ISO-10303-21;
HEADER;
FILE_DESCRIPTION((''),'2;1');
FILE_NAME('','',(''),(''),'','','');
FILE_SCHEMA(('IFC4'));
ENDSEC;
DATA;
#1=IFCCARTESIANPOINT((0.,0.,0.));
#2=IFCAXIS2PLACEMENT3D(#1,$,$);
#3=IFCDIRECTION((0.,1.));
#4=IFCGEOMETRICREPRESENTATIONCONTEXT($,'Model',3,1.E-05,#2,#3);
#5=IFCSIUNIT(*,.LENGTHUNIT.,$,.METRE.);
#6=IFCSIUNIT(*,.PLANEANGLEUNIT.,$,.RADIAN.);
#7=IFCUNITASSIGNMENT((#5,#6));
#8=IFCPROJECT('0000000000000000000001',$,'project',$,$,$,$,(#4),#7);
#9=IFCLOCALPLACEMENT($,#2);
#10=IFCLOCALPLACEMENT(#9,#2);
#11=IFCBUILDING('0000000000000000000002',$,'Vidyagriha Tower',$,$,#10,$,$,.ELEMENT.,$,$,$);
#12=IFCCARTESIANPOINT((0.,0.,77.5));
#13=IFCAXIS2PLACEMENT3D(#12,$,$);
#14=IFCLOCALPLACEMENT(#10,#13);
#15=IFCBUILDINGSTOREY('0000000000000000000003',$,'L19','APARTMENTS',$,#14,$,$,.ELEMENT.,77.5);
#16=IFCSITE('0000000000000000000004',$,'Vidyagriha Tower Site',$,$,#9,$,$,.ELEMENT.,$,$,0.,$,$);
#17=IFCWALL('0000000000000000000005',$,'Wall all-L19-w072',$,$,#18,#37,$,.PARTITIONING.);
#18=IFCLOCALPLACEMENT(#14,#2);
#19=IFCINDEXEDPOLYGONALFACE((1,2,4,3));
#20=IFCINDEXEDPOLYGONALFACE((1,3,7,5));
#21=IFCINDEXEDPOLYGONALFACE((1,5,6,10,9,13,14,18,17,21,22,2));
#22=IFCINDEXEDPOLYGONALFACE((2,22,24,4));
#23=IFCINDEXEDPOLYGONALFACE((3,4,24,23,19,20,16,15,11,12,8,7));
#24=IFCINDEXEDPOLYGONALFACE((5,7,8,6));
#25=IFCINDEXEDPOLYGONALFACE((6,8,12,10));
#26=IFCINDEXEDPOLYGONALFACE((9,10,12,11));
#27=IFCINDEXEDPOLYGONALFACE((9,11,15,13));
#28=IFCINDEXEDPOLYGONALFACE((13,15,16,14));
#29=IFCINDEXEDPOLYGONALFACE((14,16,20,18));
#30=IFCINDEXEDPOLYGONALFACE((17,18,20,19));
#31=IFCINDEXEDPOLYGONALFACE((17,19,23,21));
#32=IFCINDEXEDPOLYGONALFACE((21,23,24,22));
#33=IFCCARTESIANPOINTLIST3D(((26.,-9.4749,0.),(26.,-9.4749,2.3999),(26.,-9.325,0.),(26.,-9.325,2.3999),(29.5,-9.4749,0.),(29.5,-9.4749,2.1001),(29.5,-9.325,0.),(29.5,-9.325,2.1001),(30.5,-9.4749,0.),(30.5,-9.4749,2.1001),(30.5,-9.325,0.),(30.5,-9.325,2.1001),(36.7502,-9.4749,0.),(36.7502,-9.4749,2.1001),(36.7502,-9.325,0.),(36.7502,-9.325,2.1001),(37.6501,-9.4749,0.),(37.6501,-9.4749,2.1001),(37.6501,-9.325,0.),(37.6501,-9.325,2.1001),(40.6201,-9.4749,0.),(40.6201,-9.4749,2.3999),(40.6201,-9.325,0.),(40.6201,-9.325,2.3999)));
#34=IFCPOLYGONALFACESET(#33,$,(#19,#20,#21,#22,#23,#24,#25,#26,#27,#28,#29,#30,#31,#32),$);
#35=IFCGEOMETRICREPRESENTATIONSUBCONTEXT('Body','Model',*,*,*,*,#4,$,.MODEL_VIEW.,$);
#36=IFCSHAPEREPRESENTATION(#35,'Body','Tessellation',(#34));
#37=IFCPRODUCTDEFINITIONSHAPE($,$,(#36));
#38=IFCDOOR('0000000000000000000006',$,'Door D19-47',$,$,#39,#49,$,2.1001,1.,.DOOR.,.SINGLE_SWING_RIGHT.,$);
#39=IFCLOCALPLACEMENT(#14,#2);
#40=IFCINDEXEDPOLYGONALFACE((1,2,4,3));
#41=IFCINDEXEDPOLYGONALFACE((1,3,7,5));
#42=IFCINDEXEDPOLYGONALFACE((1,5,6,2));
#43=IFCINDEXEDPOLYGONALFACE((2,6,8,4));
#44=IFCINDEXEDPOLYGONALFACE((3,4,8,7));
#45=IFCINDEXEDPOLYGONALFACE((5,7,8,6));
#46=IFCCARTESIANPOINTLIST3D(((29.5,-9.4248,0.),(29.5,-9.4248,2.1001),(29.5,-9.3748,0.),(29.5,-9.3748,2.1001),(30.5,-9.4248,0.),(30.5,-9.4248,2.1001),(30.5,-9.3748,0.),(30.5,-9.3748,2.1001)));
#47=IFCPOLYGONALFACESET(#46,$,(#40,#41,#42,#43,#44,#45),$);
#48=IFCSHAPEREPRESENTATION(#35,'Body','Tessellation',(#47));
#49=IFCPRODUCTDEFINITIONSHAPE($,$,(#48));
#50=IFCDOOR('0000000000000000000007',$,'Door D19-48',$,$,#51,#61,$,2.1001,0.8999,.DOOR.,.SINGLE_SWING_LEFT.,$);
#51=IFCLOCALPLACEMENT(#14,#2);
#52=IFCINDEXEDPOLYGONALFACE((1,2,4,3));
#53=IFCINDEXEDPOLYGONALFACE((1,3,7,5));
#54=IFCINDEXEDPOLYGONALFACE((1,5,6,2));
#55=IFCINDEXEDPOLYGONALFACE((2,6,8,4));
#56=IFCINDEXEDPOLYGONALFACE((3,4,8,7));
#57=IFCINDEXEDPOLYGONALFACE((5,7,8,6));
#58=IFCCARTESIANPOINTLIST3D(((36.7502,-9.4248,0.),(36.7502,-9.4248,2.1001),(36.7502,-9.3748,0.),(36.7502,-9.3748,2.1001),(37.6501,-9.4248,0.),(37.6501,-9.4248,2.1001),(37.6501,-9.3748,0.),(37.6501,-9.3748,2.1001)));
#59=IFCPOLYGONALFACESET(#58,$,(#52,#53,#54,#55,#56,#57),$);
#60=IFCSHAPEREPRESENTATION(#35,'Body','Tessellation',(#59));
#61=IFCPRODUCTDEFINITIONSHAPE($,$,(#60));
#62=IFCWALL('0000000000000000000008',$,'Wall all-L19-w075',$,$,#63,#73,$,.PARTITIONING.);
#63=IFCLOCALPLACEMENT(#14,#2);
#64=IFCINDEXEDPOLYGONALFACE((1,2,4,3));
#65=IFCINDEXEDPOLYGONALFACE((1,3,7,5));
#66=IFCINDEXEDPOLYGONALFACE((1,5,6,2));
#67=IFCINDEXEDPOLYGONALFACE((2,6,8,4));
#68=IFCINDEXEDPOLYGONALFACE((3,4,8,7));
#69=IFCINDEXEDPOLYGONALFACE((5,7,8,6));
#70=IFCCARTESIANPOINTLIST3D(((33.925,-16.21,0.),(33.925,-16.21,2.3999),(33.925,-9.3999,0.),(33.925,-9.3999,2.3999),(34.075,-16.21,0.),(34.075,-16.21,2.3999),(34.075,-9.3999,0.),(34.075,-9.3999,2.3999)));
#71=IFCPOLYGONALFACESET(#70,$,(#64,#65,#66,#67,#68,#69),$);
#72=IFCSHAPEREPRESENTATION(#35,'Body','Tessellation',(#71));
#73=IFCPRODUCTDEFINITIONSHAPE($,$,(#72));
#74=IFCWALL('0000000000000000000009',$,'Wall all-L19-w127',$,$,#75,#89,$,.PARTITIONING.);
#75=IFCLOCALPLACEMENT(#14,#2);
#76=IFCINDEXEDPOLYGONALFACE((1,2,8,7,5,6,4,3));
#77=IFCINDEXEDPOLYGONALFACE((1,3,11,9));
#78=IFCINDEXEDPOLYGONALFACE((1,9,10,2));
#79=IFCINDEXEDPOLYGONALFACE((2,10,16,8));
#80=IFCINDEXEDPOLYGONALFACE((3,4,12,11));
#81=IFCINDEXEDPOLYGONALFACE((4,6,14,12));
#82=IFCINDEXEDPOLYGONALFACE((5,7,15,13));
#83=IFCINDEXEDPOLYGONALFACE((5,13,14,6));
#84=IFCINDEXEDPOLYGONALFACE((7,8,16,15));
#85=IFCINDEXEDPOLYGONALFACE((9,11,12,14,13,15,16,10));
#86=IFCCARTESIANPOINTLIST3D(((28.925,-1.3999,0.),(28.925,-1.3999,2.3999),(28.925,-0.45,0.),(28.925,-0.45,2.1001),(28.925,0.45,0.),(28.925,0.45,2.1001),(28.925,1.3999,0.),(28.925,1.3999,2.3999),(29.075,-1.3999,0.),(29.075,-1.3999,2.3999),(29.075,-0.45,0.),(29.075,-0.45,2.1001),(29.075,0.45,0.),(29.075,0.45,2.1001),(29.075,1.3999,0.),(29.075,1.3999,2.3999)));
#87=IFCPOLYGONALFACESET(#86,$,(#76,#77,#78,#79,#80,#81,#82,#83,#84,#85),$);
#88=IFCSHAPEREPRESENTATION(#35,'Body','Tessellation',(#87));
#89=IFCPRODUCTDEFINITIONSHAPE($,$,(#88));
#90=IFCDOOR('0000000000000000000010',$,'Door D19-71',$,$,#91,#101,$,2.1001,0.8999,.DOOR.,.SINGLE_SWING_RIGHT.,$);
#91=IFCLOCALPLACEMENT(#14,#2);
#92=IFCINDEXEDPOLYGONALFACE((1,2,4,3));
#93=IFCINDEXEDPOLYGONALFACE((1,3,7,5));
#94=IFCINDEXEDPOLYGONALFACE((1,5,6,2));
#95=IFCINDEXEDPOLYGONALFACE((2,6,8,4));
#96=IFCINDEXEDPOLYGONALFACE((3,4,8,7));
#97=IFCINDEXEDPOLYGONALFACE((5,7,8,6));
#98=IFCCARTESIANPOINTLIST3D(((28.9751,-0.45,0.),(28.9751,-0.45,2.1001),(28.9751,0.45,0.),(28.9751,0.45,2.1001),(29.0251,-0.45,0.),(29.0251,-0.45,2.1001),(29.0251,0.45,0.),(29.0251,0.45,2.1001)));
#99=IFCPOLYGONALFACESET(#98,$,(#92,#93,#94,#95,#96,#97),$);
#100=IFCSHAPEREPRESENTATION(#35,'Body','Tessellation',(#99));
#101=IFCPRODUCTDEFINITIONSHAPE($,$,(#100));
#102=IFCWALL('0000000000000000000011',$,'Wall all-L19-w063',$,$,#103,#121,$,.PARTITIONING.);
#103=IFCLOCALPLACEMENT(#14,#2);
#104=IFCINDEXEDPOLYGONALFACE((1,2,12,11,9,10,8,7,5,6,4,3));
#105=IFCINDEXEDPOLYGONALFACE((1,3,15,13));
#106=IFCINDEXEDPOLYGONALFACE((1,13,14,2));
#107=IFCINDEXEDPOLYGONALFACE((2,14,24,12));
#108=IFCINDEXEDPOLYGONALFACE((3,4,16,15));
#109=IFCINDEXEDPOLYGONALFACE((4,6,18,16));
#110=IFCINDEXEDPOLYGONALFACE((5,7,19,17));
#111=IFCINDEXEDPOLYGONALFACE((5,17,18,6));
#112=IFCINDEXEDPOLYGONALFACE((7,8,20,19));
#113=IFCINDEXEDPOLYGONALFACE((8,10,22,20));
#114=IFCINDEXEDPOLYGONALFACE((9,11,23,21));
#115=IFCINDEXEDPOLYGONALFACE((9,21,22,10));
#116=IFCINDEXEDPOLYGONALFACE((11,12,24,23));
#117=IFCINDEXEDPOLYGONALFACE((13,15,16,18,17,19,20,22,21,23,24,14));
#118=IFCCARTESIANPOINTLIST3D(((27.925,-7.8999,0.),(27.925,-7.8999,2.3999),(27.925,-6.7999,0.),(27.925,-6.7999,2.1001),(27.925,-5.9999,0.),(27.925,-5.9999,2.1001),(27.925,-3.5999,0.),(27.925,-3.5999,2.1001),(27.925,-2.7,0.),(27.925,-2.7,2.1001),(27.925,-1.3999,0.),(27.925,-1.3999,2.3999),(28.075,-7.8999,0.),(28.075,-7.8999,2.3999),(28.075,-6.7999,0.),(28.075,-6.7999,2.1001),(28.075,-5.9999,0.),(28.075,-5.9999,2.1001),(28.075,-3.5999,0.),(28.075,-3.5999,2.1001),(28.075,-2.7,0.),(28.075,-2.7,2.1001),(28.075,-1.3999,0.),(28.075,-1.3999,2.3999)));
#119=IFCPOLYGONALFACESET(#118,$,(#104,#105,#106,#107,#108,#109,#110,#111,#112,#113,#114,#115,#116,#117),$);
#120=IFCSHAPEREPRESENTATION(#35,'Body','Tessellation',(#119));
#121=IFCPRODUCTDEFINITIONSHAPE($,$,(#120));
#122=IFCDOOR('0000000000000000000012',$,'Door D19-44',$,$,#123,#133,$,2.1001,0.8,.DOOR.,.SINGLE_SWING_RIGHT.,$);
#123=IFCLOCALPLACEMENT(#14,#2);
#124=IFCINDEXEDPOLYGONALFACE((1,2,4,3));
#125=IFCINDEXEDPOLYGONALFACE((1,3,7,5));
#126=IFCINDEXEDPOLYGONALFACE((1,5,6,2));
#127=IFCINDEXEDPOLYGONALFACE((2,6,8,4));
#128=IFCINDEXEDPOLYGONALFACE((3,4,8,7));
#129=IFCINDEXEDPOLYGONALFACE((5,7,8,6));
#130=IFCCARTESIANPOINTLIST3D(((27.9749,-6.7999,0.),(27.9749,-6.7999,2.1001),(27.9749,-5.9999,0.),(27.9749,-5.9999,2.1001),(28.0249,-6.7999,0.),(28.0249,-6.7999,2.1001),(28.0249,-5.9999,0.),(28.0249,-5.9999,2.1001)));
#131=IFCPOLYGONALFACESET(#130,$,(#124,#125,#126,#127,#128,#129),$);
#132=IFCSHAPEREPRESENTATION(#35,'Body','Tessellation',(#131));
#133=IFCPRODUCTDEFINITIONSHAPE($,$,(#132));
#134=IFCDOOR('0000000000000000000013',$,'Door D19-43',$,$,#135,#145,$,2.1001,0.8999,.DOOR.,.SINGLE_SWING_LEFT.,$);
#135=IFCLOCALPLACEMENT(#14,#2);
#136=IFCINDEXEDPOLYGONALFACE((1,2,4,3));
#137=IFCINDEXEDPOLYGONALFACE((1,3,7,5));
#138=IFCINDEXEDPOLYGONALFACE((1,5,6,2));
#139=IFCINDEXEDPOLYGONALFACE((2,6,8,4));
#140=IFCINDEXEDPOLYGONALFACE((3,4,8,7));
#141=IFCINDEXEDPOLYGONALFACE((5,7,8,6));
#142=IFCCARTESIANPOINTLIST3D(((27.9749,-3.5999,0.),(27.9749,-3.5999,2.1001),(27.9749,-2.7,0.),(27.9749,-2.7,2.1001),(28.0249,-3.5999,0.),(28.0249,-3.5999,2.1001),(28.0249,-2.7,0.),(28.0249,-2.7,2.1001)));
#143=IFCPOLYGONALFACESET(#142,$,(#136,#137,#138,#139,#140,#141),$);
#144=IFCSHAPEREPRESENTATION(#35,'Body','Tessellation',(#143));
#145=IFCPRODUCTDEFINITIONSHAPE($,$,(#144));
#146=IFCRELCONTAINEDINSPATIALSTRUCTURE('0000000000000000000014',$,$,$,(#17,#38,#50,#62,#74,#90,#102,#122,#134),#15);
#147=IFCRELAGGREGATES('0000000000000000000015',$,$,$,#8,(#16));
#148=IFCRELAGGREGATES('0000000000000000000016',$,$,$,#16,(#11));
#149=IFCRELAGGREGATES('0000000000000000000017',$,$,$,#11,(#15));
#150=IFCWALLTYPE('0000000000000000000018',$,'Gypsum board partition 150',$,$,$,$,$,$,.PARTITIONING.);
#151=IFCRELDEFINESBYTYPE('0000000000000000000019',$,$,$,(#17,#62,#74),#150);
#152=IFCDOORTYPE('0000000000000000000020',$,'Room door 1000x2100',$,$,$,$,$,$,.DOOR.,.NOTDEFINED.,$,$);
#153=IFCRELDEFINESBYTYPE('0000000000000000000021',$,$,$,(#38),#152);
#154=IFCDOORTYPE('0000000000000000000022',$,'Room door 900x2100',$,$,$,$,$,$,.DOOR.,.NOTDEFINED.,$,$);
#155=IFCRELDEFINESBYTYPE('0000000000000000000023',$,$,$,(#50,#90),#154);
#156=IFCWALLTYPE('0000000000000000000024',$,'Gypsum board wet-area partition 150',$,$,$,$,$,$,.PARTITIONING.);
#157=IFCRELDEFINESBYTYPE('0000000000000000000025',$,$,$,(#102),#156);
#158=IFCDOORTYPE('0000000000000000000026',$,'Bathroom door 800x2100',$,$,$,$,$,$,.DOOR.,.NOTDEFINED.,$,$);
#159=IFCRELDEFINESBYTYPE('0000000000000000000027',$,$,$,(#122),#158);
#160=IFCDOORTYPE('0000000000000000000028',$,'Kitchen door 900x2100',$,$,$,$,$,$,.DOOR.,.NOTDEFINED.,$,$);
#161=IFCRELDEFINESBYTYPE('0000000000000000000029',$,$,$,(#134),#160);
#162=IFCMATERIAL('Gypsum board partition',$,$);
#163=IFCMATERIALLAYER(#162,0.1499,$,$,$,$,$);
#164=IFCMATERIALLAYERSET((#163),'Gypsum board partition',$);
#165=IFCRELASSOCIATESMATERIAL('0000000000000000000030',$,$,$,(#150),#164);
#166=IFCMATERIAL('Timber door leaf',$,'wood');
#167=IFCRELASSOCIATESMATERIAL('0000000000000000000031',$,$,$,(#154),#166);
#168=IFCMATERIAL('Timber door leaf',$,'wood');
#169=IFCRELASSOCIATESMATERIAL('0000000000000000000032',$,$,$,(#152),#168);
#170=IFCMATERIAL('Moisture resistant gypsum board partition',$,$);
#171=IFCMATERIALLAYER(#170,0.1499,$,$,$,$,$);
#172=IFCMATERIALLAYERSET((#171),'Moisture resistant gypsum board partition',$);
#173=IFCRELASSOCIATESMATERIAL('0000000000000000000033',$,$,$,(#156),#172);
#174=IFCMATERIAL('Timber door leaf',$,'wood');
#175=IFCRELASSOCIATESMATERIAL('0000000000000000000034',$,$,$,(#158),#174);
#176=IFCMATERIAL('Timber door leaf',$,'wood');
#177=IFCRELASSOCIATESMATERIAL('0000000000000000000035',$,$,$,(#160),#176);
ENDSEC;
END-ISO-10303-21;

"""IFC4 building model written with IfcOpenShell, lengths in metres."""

from ifc_helpers import new_model, si_unit, direction, frame, frame_2d, origin, place, context, subcontext, project, spatial, rectangle, extrude, material, layer, layer_set, type_object, element, fill, save


model = new_model("IFC4")

# Units and contexts
model_context = context("Model", 3, precision=1e-05, world=origin(), true_north=direction((0.0, 1.0)))
body_context = subcontext(model_context, "Body", "Model", "MODEL_VIEW")
ifc_project = project(units=[si_unit("LENGTHUNIT", "METRE"), si_unit("PLANEANGLEUNIT", "RADIAN")], contexts=[model_context])

# Site, building, storey
site_placement = place(None, origin())
site = spatial("IfcSite", under=ifc_project, at=site_placement, Name="Vidyagriha Tower Site", CompositionType="ELEMENT", RefElevation=0.0)
building_placement = place(site_placement, origin())
building = spatial("IfcBuilding", under=site, at=building_placement, Name="Vidyagriha Tower", CompositionType="ELEMENT")
storey_placement = place(building_placement, frame((0.0, 0.0, 77.5)))
storey = spatial("IfcBuildingStorey", under=building, at=storey_placement, Name="L19", Description="APARTMENTS", CompositionType="ELEMENT", Elevation=77.5)

# Shared definitions
ifc_material_1 = material(Name="Gypsum board partition")
ifc_layer_1 = layer(ifc_material_1, 0.1499)
ifc_layer_set_1 = layer_set([ifc_layer_1], Name="Gypsum board partition")
wall_type_1 = type_object("IfcWallType", Name="Gypsum board partition 150", PredefinedType="PARTITIONING", material=ifc_layer_set_1)

# Wall, openings, doors
ifc_material_2 = material(Name="Timber door leaf", Category="wood")
door_type_1 = type_object("IfcDoorType", Name="Room door 900x2100", OperationType="NOTDEFINED", PredefinedType="DOOR", material=ifc_material_2)
wall_1_placement = place(storey_placement, frame((40.6201, -9.3999, 0.0), z_axis=(0.0, 0.0, 1.0), x_axis=(-1.0, 0.0, 0.0)))
wall_1 = element("IfcWall", 1, at=wall_1_placement, inside=storey, type_object=wall_type_1, Name="Wall all-L19-w072", PredefinedType="PARTITIONING", context=body_context, shape_type="SweptSolid", body=[
    extrude(rectangle(XDim=14.6201, YDim=0.1499, at=frame_2d((7.3101, 0.0))), origin(), (0.0, 0.0, 1.0), 2.3999),
])
opening_1_placement = place(wall_1_placement, frame((10.1201, 0.0, 0.0)))
opening_1 = element("IfcOpeningElement", 2, at=opening_1_placement, cuts=wall_1, PredefinedType="OPENING", context=body_context, shape_type="SweptSolid", body=[
    extrude(rectangle(XDim=1.0, YDim=2.1001, at=frame_2d((0.5, 1.05))), frame((0.0, 0.085, 0.0), z_axis=(0.0, -1.0, 0.0), x_axis=(1.0, 0.0, 0.0)), (0.0, 0.0, 1.0), 0.1699),
])
opening_2_placement = place(wall_1_placement, frame((2.97, 0.0, 0.0)))
opening_2 = element("IfcOpeningElement", 3, at=opening_2_placement, cuts=wall_1, PredefinedType="OPENING", context=body_context, shape_type="SweptSolid", body=[
    extrude(rectangle(XDim=0.8999, YDim=2.1001, at=frame_2d((0.45, 1.05))), frame((0.0, 0.085, 0.0), z_axis=(0.0, -1.0, 0.0), x_axis=(1.0, 0.0, 0.0)), (0.0, 0.0, 1.0), 0.1699),
])
ifc_material_3 = material(Name="Timber door leaf", Category="wood")
door_type_2 = type_object("IfcDoorType", Name="Room door 1000x2100", OperationType="NOTDEFINED", PredefinedType="DOOR", material=ifc_material_3)
door_1_placement = place(opening_1_placement, origin())
door_1 = element("IfcDoor", 4, at=door_1_placement, inside=storey, type_object=door_type_2, Name="Door D19-47", OperationType="SINGLE_SWING_RIGHT", OverallHeight=2.1001, OverallWidth=1.0, PredefinedType="DOOR", context=body_context, shape_type="SweptSolid", body=[
    extrude(rectangle(XDim=1.0, YDim=2.1001, at=frame_2d((0.5, 1.05))), frame((0.0, 0.0249, 0.0), z_axis=(0.0, -1.0, 0.0), x_axis=(1.0, 0.0, 0.0)), (0.0, 0.0, 1.0), 0.05),
])
fill(opening_1, door_1)
door_2_placement = place(opening_2_placement, origin())
door_2 = element("IfcDoor", 5, at=door_2_placement, inside=storey, type_object=door_type_1, Name="Door D19-48", OperationType="SINGLE_SWING_LEFT", OverallHeight=2.1001, OverallWidth=0.8999, PredefinedType="DOOR", context=body_context, shape_type="SweptSolid", body=[
    extrude(rectangle(XDim=0.8999, YDim=2.1001, at=frame_2d((0.45, 1.05))), frame((0.0, 0.0249, 0.0), z_axis=(0.0, -1.0, 0.0), x_axis=(1.0, 0.0, 0.0)), (0.0, 0.0, 1.0), 0.05),
])
fill(opening_2, door_2)

# Wall
wall_2_placement = place(storey_placement, frame((34.0, -9.3999, 0.0), z_axis=(0.0, 0.0, 1.0), x_axis=(0.0, -1.0, 0.0)))
element("IfcWall", 6, at=wall_2_placement, inside=storey, type_object=wall_type_1, Name="Wall all-L19-w075", PredefinedType="PARTITIONING", context=body_context, shape_type="SweptSolid", body=[
    extrude(rectangle(XDim=6.8101, YDim=0.1499, at=frame_2d((3.405, 0.0))), origin(), (0.0, 0.0, 1.0), 2.3999),
])

# Wall, opening, door
wall_3_placement = place(storey_placement, frame((29.0, -1.3999, 0.0), z_axis=(0.0, 0.0, 1.0), x_axis=(0.0, 1.0, 0.0)))
wall_3 = element("IfcWall", 7, at=wall_3_placement, inside=storey, type_object=wall_type_1, Name="Wall all-L19-w127", PredefinedType="PARTITIONING", context=body_context, shape_type="SweptSolid", body=[
    extrude(rectangle(XDim=2.7998, YDim=0.1499, at=frame_2d((1.3999, 0.0))), origin(), (0.0, 0.0, 1.0), 2.3999),
])
opening_3_placement = place(wall_3_placement, frame((0.95, 0.0, 0.0)))
opening_3 = element("IfcOpeningElement", 8, at=opening_3_placement, cuts=wall_3, PredefinedType="OPENING", context=body_context, shape_type="SweptSolid", body=[
    extrude(rectangle(XDim=0.8999, YDim=2.1001, at=frame_2d((0.45, 1.05))), frame((0.0, 0.085, 0.0), z_axis=(0.0, -1.0, 0.0), x_axis=(1.0, 0.0, 0.0)), (0.0, 0.0, 1.0), 0.1699),
])
door_3_placement = place(opening_3_placement, origin())
door_3 = element("IfcDoor", 9, at=door_3_placement, inside=storey, type_object=door_type_1, Name="Door D19-71", OperationType="SINGLE_SWING_RIGHT", OverallHeight=2.1001, OverallWidth=0.8999, PredefinedType="DOOR", context=body_context, shape_type="SweptSolid", body=[
    extrude(rectangle(XDim=0.8999, YDim=2.1001, at=frame_2d((0.45, 1.05))), frame((0.0, 0.0249, 0.0), z_axis=(0.0, -1.0, 0.0), x_axis=(1.0, 0.0, 0.0)), (0.0, 0.0, 1.0), 0.05),
])
fill(opening_3, door_3)

# Wall, openings, doors
ifc_material_4 = material(Name="Moisture resistant gypsum board partition")
ifc_layer_2 = layer(ifc_material_4, 0.1499)
ifc_layer_set_2 = layer_set([ifc_layer_2], Name="Moisture resistant gypsum board partition")
wall_type_2 = type_object("IfcWallType", Name="Gypsum board wet-area partition 150", PredefinedType="PARTITIONING", material=ifc_layer_set_2)
wall_4_placement = place(storey_placement, frame((28.0, -1.3999, 0.0), z_axis=(0.0, 0.0, 1.0), x_axis=(0.0, -1.0, 0.0)))
wall_4 = element("IfcWall", 10, at=wall_4_placement, inside=storey, type_object=wall_type_2, Name="Wall all-L19-w063", PredefinedType="PARTITIONING", context=body_context, shape_type="SweptSolid", body=[
    extrude(rectangle(XDim=6.5, YDim=0.1499, at=frame_2d((3.25, 0.0))), origin(), (0.0, 0.0, 1.0), 2.3999),
])
opening_4_placement = place(wall_4_placement, frame((1.3, 0.0, 0.0)))
opening_4 = element("IfcOpeningElement", 11, at=opening_4_placement, cuts=wall_4, PredefinedType="OPENING", context=body_context, shape_type="SweptSolid", body=[
    extrude(rectangle(XDim=0.8999, YDim=2.1001, at=frame_2d((0.45, 1.05))), frame((0.0, 0.085, 0.0), z_axis=(0.0, -1.0, 0.0), x_axis=(1.0, 0.0, 0.0)), (0.0, 0.0, 1.0), 0.1699),
])
opening_5_placement = place(wall_4_placement, frame((4.6001, 0.0, 0.0)))
opening_5 = element("IfcOpeningElement", 12, at=opening_5_placement, cuts=wall_4, PredefinedType="OPENING", context=body_context, shape_type="SweptSolid", body=[
    extrude(rectangle(XDim=0.8, YDim=2.1001, at=frame_2d((0.3999, 1.05))), frame((0.0, 0.085, 0.0), z_axis=(0.0, -1.0, 0.0), x_axis=(1.0, 0.0, 0.0)), (0.0, 0.0, 1.0), 0.1699),
])
ifc_material_5 = material(Name="Timber door leaf", Category="wood")
door_type_3 = type_object("IfcDoorType", Name="Bathroom door 800x2100", OperationType="NOTDEFINED", PredefinedType="DOOR", material=ifc_material_5)
door_4_placement = place(opening_5_placement, origin())
door_4 = element("IfcDoor", 13, at=door_4_placement, inside=storey, type_object=door_type_3, Name="Door D19-44", OperationType="SINGLE_SWING_RIGHT", OverallHeight=2.1001, OverallWidth=0.8, PredefinedType="DOOR", context=body_context, shape_type="SweptSolid", body=[
    extrude(rectangle(XDim=0.8, YDim=2.1001, at=frame_2d((0.3999, 1.05))), frame((0.0, 0.0249, 0.0), z_axis=(0.0, -1.0, 0.0), x_axis=(1.0, 0.0, 0.0)), (0.0, 0.0, 1.0), 0.05),
])
fill(opening_5, door_4)
ifc_material_6 = material(Name="Timber door leaf", Category="wood")
door_type_4 = type_object("IfcDoorType", Name="Kitchen door 900x2100", OperationType="NOTDEFINED", PredefinedType="DOOR", material=ifc_material_6)
door_5_placement = place(opening_4_placement, origin())
door_5 = element("IfcDoor", 14, at=door_5_placement, inside=storey, type_object=door_type_4, Name="Door D19-43", OperationType="SINGLE_SWING_LEFT", OverallHeight=2.1001, OverallWidth=0.8999, PredefinedType="DOOR", context=body_context, shape_type="SweptSolid", body=[
    extrude(rectangle(XDim=0.8999, YDim=2.1001, at=frame_2d((0.45, 1.05))), frame((0.0, 0.0249, 0.0), z_axis=(0.0, -1.0, 0.0), x_axis=(1.0, 0.0, 0.0)), (0.0, 0.0, 1.0), 0.05),
])
fill(opening_4, door_5)

save(model, "model.ifc")
